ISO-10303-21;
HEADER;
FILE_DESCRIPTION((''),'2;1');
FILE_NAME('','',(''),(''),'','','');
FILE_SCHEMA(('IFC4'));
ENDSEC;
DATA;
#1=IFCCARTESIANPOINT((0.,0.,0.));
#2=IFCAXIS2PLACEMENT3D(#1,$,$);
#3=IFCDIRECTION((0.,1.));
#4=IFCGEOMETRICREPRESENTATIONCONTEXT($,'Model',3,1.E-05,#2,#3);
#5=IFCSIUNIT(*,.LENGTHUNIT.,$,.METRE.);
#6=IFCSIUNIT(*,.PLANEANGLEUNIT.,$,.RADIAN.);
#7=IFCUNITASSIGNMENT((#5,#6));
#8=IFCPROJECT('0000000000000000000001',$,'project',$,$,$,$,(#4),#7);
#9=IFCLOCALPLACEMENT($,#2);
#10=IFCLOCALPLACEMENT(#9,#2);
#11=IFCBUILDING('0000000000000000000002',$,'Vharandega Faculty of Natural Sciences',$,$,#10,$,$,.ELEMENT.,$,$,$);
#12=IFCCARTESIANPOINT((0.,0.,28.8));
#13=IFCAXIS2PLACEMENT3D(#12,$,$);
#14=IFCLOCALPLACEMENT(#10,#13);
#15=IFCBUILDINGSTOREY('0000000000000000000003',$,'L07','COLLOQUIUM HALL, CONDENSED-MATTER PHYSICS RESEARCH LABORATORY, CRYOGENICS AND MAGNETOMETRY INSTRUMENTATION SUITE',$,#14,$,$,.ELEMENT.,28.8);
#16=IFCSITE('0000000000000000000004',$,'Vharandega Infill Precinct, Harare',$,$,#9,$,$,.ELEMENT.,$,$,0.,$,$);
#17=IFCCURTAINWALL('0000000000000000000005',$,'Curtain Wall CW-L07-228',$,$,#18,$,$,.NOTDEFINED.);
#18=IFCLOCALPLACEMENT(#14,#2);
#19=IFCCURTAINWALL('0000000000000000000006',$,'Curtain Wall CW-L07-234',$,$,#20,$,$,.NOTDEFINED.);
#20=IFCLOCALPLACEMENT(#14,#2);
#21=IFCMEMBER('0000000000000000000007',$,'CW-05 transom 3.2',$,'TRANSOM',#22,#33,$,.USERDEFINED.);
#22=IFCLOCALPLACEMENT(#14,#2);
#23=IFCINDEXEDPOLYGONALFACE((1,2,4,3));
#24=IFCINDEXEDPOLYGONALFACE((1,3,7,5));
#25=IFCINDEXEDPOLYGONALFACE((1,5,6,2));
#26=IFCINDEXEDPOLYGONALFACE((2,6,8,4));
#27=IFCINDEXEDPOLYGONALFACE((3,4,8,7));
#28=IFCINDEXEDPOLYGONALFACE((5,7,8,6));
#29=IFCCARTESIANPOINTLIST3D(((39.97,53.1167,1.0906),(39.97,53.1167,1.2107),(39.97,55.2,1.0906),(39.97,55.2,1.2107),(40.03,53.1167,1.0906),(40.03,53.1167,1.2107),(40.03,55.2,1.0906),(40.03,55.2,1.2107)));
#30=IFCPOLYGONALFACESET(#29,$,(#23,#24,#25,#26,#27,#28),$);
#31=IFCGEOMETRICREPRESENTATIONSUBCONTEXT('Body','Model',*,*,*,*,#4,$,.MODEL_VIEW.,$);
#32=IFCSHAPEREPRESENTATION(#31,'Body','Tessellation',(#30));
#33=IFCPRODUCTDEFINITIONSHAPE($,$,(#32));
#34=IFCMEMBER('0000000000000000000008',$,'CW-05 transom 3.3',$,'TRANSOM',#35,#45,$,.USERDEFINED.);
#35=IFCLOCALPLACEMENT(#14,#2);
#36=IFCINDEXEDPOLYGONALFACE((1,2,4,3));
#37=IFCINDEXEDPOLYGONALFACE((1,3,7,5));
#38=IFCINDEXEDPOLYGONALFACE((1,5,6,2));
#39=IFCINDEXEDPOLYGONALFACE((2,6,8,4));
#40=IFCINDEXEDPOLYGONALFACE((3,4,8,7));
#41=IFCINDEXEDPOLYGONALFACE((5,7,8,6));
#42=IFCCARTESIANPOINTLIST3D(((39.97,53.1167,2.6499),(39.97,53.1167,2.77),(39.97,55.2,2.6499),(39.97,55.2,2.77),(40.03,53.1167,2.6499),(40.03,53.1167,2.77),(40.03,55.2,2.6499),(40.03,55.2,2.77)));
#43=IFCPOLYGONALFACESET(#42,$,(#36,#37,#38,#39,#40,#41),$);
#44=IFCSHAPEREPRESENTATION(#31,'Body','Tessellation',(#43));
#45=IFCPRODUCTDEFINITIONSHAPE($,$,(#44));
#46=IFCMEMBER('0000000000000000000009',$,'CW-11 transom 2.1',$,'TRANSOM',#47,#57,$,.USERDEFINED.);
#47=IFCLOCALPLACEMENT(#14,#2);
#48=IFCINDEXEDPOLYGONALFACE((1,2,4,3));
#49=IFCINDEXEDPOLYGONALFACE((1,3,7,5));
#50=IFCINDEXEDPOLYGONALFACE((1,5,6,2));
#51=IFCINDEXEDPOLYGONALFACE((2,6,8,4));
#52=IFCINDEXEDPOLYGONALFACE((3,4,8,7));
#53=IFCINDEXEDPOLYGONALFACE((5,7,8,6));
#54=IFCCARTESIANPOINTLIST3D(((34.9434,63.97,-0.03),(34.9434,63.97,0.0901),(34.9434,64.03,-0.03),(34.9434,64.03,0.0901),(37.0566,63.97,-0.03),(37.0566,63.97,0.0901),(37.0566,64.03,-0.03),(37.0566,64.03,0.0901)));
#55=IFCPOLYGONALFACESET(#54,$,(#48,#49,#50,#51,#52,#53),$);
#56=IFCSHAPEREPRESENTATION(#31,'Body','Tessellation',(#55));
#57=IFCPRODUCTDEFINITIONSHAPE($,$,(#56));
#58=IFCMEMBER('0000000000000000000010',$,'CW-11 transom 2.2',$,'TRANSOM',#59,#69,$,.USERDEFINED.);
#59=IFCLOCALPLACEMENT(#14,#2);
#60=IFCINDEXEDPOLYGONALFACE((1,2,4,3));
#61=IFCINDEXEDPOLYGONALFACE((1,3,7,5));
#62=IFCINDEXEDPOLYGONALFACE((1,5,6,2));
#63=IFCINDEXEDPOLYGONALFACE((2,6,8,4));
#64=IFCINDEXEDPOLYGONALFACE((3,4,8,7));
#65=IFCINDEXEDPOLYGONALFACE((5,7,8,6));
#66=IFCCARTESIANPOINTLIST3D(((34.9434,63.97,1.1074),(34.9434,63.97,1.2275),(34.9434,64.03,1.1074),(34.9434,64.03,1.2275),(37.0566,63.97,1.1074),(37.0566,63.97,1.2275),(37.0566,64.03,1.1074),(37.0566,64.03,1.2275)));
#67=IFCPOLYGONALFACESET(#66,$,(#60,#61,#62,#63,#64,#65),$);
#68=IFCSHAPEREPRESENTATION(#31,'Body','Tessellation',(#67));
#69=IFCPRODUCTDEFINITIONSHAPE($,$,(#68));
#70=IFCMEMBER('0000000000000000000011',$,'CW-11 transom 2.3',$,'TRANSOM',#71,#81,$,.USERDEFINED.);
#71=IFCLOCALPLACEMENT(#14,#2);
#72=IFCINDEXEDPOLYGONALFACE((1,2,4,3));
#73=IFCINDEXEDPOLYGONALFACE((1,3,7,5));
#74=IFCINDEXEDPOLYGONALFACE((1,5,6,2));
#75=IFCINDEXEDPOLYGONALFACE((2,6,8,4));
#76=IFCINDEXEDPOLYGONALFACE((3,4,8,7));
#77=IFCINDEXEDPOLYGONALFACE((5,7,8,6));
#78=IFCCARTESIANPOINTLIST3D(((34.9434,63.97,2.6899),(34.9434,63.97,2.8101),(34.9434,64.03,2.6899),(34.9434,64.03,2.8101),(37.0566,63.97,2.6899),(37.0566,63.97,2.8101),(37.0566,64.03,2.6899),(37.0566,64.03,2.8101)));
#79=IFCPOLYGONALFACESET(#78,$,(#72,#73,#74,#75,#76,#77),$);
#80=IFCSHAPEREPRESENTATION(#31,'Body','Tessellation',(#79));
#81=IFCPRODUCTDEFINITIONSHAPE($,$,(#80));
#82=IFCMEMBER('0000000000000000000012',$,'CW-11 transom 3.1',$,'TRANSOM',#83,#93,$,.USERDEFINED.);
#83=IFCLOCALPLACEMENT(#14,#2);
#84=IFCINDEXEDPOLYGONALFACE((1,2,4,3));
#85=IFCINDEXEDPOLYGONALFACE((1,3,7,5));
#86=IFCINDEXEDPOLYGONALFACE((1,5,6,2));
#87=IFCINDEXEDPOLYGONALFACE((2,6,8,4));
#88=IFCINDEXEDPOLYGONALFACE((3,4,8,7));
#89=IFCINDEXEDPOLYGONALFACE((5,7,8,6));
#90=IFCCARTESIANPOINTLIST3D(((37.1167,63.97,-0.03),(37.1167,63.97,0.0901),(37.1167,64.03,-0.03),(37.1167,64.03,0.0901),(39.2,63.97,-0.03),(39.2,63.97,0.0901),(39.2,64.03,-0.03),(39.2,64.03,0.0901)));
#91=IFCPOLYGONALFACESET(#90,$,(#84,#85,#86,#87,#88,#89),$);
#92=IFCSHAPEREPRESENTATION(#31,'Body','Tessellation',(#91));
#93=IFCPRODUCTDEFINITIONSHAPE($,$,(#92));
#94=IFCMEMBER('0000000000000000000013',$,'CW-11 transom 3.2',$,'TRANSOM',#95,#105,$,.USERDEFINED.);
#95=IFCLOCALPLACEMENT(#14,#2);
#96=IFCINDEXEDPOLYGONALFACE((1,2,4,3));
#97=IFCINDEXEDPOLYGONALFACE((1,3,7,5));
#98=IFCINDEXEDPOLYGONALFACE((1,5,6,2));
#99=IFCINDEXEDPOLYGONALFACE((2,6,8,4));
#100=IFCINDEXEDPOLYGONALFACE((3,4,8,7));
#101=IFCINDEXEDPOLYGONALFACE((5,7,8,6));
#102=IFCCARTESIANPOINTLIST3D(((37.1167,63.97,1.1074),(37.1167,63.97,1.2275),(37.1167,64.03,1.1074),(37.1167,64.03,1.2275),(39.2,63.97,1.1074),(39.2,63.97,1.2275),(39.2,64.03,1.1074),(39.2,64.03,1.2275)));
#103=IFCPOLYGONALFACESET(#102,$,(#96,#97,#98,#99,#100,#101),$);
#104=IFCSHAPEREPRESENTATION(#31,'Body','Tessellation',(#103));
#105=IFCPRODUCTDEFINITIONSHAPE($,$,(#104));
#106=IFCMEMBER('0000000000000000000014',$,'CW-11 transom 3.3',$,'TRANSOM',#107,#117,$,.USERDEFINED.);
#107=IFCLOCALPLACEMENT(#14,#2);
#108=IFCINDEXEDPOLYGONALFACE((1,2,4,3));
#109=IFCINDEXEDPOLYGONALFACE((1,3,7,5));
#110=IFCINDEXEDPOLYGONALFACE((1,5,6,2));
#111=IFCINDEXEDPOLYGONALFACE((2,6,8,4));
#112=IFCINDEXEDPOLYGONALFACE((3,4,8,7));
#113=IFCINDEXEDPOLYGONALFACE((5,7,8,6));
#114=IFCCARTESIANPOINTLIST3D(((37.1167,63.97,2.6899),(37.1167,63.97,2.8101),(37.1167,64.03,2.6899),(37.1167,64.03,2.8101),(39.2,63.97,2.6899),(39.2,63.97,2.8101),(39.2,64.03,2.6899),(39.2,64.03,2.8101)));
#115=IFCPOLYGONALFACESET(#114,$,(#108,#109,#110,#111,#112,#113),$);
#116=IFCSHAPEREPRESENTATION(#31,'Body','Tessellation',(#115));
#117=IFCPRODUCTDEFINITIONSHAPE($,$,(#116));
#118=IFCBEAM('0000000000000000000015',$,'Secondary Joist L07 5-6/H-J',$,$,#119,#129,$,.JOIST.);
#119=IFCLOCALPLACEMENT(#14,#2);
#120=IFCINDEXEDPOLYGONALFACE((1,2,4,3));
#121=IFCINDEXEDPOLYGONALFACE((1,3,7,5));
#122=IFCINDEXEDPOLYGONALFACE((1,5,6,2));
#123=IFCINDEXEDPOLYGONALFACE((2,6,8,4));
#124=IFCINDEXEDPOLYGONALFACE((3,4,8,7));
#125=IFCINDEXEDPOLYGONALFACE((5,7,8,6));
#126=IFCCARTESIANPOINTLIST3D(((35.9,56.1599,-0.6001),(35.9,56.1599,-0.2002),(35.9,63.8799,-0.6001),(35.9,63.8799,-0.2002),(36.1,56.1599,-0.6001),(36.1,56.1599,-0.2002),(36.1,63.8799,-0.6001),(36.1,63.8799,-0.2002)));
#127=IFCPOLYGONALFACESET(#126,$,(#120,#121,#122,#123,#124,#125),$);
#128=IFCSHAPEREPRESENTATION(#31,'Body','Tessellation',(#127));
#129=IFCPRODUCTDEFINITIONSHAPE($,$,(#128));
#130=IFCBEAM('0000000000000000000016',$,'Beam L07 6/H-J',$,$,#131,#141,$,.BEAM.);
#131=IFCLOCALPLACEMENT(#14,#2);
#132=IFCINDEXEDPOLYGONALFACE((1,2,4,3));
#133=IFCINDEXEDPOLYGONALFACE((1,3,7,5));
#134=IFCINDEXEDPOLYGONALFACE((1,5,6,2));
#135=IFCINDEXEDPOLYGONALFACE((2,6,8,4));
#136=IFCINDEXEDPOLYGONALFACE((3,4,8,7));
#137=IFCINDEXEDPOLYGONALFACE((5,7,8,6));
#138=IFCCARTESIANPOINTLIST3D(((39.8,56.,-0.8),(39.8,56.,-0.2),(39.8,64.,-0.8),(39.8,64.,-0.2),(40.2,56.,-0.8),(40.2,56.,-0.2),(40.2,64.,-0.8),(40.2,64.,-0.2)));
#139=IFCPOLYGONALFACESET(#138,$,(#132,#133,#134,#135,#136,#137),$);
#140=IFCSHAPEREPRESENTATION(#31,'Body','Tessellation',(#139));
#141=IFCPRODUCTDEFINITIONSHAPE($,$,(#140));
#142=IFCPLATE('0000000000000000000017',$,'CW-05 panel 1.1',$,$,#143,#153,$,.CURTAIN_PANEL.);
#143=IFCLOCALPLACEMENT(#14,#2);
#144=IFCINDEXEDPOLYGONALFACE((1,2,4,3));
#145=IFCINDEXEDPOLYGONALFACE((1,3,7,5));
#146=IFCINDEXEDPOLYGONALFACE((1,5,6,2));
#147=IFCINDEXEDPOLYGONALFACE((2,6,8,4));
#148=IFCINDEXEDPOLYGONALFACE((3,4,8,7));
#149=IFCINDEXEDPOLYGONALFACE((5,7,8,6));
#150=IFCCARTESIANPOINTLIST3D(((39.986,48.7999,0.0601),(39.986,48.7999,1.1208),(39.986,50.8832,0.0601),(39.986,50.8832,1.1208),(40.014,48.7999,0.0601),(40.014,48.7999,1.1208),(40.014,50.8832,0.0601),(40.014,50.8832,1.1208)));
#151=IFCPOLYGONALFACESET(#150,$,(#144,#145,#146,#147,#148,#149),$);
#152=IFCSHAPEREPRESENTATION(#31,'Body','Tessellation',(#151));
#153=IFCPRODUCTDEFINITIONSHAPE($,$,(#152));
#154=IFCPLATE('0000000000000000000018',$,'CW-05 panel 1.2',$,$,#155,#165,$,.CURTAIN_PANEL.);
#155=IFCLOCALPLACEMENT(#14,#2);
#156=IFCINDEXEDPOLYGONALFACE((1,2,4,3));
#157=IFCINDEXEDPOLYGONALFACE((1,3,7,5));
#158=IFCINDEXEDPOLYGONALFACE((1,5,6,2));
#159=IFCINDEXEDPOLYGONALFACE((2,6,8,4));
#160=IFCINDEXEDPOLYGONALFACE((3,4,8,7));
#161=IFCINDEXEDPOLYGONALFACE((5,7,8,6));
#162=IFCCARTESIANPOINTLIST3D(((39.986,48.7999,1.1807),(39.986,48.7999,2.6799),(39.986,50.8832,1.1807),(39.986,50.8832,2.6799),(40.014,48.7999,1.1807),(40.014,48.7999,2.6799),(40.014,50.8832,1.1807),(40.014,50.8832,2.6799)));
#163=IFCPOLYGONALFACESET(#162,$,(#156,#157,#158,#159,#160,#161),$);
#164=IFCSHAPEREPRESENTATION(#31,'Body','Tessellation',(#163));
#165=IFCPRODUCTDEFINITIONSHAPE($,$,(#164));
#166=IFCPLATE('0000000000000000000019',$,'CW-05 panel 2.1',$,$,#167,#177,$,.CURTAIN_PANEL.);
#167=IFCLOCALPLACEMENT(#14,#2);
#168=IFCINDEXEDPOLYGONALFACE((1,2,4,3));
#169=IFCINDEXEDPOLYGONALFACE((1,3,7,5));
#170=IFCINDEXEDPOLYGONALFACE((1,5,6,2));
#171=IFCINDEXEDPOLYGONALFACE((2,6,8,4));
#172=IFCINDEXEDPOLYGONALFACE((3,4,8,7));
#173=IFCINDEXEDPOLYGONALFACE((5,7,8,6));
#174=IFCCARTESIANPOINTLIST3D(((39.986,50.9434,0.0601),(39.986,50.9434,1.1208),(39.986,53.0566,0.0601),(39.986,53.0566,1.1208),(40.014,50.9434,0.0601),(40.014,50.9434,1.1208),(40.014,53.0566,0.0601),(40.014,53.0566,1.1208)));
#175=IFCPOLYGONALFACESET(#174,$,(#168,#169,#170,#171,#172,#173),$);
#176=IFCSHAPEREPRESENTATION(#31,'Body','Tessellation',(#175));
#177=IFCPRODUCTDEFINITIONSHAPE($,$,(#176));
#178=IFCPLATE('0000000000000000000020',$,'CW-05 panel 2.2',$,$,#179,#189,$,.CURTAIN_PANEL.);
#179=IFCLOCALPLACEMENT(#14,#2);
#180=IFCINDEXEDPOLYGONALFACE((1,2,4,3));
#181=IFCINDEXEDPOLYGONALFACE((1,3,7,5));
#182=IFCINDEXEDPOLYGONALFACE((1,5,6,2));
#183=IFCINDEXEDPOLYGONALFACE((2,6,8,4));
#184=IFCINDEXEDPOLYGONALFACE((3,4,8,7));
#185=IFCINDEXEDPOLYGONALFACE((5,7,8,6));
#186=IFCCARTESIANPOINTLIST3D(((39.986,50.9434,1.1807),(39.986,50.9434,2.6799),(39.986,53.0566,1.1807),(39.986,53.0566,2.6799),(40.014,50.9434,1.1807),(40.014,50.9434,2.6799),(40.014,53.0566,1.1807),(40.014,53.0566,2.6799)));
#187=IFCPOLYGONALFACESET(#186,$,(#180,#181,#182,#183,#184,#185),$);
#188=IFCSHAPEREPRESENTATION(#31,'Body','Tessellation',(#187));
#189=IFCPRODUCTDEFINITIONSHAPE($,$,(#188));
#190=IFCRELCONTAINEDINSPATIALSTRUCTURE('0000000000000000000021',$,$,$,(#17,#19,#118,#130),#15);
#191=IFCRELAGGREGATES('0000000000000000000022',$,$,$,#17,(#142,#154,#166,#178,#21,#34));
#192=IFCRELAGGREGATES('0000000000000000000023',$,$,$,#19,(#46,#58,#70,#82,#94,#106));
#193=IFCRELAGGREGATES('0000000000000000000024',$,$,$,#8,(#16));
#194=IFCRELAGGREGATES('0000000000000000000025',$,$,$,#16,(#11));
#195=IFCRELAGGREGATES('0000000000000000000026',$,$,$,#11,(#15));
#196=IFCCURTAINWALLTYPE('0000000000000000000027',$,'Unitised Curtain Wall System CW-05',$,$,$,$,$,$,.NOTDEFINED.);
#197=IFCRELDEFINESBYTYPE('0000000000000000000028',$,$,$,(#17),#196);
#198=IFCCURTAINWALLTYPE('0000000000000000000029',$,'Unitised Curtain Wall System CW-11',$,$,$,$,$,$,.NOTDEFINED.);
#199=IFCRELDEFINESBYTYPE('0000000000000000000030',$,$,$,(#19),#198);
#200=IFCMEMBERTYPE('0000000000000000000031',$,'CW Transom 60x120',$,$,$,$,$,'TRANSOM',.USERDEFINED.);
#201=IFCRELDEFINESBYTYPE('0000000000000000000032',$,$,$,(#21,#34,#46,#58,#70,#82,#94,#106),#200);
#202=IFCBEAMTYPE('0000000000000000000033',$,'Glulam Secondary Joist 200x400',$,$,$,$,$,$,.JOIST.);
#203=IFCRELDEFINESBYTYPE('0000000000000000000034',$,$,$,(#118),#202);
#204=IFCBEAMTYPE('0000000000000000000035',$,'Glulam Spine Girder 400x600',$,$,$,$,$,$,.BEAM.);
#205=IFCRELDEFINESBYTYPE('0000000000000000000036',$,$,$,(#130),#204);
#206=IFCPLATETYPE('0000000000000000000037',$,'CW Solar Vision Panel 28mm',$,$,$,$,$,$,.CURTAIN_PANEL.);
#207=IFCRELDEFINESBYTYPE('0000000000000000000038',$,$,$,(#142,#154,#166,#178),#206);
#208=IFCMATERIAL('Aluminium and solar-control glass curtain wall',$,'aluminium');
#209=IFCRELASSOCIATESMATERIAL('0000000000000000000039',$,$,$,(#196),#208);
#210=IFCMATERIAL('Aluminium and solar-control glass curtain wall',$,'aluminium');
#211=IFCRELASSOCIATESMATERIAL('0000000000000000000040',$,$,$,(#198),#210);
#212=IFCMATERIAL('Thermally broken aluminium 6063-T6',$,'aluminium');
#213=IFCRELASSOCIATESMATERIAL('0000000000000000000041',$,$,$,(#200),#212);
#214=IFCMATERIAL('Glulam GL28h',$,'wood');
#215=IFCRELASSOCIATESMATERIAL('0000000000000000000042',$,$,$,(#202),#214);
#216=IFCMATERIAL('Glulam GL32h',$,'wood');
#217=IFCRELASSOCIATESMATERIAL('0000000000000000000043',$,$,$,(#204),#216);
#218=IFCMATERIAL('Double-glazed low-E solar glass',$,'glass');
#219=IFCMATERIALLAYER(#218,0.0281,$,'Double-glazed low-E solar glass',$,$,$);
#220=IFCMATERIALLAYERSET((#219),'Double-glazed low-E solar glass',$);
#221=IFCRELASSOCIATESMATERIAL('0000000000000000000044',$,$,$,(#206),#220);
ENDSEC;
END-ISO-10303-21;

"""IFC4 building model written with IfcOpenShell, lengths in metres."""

from ifc_helpers import new_model, si_unit, direction, frame, origin, origin_2d, place, context, subcontext, project, spatial, rectangle, extrude, material, layer, layer_set, material_profile, profile_set, type_object, element, aggregate, save


model = new_model("IFC4")

# Units and contexts
model_context = context("Model", 3, precision=1e-05, world=origin(), true_north=direction((0.0, 1.0)))
body_context = subcontext(model_context, "Body", "Model", "MODEL_VIEW")
ifc_project = project(units=[si_unit("LENGTHUNIT", "METRE"), si_unit("PLANEANGLEUNIT", "RADIAN")], contexts=[model_context])

# Site, building, storey
site_placement = place(None, origin())
site = spatial("IfcSite", under=ifc_project, at=site_placement, Name="Vharandega Infill Precinct, Harare", CompositionType="ELEMENT", RefElevation=0.0)
building_placement = place(site_placement, origin())
building = spatial("IfcBuilding", under=site, at=building_placement, Name="Vharandega Faculty of Natural Sciences", CompositionType="ELEMENT")
storey_placement = place(building_placement, frame((0.0, 0.0, 28.8)))
storey = spatial("IfcBuildingStorey", under=building, at=storey_placement, Name="L07", Description="COLLOQUIUM HALL, CONDENSED-MATTER PHYSICS RESEARCH LABORATORY, CRYOGENICS AND MAGNETOMETRY INSTRUMENTATION SUITE", CompositionType="ELEMENT", Elevation=28.8)

# Curtain walls
ifc_material_1 = material(Name="Aluminium and solar-control glass curtain wall", Category="aluminium")
curtain_wall_type_1 = type_object("IfcCurtainWallType", Name="Unitised Curtain Wall System CW-05", PredefinedType="NOTDEFINED", material=ifc_material_1)
curtain_wall_1_placement = place(storey_placement, origin())
curtain_wall_1 = element("IfcCurtainWall", 1, at=curtain_wall_1_placement, inside=storey, type_object=curtain_wall_type_1, Name="Curtain Wall CW-L07-228", PredefinedType="NOTDEFINED")
ifc_material_2 = material(Name="Aluminium and solar-control glass curtain wall", Category="aluminium")
curtain_wall_type_2 = type_object("IfcCurtainWallType", Name="Unitised Curtain Wall System CW-11", PredefinedType="NOTDEFINED", material=ifc_material_2)
curtain_wall_2_placement = place(storey_placement, origin())
curtain_wall_2 = element("IfcCurtainWall", 2, at=curtain_wall_2_placement, inside=storey, type_object=curtain_wall_type_2, Name="Curtain Wall CW-L07-234", PredefinedType="NOTDEFINED")

# Members
ifc_material_3 = material(Name="Thermally broken aluminium 6063-T6", Category="aluminium")
ifc_material_profile_1 = material_profile(ifc_material_3, rectangle(XDim=0.0601, YDim=0.1201, at=origin_2d()), Name="ALU 60x120")
ifc_profile_set_1 = profile_set([ifc_material_profile_1], Name="Thermally broken aluminium 6063-T6")
member_type_1 = type_object("IfcMemberType", Name="CW Transom 60x120", ElementType="TRANSOM", PredefinedType="USERDEFINED", material=ifc_profile_set_1)
member_1_placement = place(storey_placement, frame((40.0, 53.1167, 1.1506), z_axis=(0.0, 1.0, 0.0), x_axis=(-1.0, 0.0, 0.0)))
member_1 = element("IfcMember", 3, at=member_1_placement, type_object=member_type_1, Name="CW-05 transom 3.2", ObjectType="TRANSOM", PredefinedType="USERDEFINED", context=body_context, shape_type="SweptSolid", body=[
    extrude(rectangle(XDim=0.0601, YDim=0.1201, at=origin_2d()), origin(), (0.0, 0.0, 1.0), 2.0833),
])
member_2_placement = place(storey_placement, frame((40.0, 53.1167, 2.71), z_axis=(0.0, 1.0, 0.0), x_axis=(-1.0, 0.0, 0.0)))
member_2 = element("IfcMember", 4, at=member_2_placement, type_object=member_type_1, Name="CW-05 transom 3.3", ObjectType="TRANSOM", PredefinedType="USERDEFINED", context=body_context, shape_type="SweptSolid", body=[
    extrude(rectangle(XDim=0.0601, YDim=0.1201, at=origin_2d()), origin(), (0.0, 0.0, 1.0), 2.0833),
])
member_3_placement = place(storey_placement, frame((34.9434, 64.0, 0.03), z_axis=(1.0, 0.0, 0.0), x_axis=(0.0, 1.0, 0.0)))
member_3 = element("IfcMember", 5, at=member_3_placement, type_object=member_type_1, Name="CW-11 transom 2.1", ObjectType="TRANSOM", PredefinedType="USERDEFINED", context=body_context, shape_type="SweptSolid", body=[
    extrude(rectangle(XDim=0.0601, YDim=0.1201, at=origin_2d()), origin(), (0.0, 0.0, 1.0), 2.1133),
])
member_4_placement = place(storey_placement, frame((34.9434, 64.0, 1.1675), z_axis=(1.0, 0.0, 0.0), x_axis=(0.0, 1.0, 0.0)))
member_4 = element("IfcMember", 6, at=member_4_placement, type_object=member_type_1, Name="CW-11 transom 2.2", ObjectType="TRANSOM", PredefinedType="USERDEFINED", context=body_context, shape_type="SweptSolid", body=[
    extrude(rectangle(XDim=0.0601, YDim=0.1201, at=origin_2d()), origin(), (0.0, 0.0, 1.0), 2.1133),
])
member_5_placement = place(storey_placement, frame((34.9434, 64.0, 2.75), z_axis=(1.0, 0.0, 0.0), x_axis=(0.0, 1.0, 0.0)))
member_5 = element("IfcMember", 7, at=member_5_placement, type_object=member_type_1, Name="CW-11 transom 2.3", ObjectType="TRANSOM", PredefinedType="USERDEFINED", context=body_context, shape_type="SweptSolid", body=[
    extrude(rectangle(XDim=0.0601, YDim=0.1201, at=origin_2d()), origin(), (0.0, 0.0, 1.0), 2.1133),
])
member_6_placement = place(storey_placement, frame((37.1167, 64.0, 0.03), z_axis=(1.0, 0.0, 0.0), x_axis=(0.0, 1.0, 0.0)))
member_6 = element("IfcMember", 8, at=member_6_placement, type_object=member_type_1, Name="CW-11 transom 3.1", ObjectType="TRANSOM", PredefinedType="USERDEFINED", context=body_context, shape_type="SweptSolid", body=[
    extrude(rectangle(XDim=0.0601, YDim=0.1201, at=origin_2d()), origin(), (0.0, 0.0, 1.0), 2.0833),
])
member_7_placement = place(storey_placement, frame((37.1167, 64.0, 1.1675), z_axis=(1.0, 0.0, 0.0), x_axis=(0.0, 1.0, 0.0)))
member_7 = element("IfcMember", 9, at=member_7_placement, type_object=member_type_1, Name="CW-11 transom 3.2", ObjectType="TRANSOM", PredefinedType="USERDEFINED", context=body_context, shape_type="SweptSolid", body=[
    extrude(rectangle(XDim=0.0601, YDim=0.1201, at=origin_2d()), origin(), (0.0, 0.0, 1.0), 2.0833),
])
member_8_placement = place(storey_placement, frame((37.1167, 64.0, 2.75), z_axis=(1.0, 0.0, 0.0), x_axis=(0.0, 1.0, 0.0)))
member_8 = element("IfcMember", 10, at=member_8_placement, type_object=member_type_1, Name="CW-11 transom 3.3", ObjectType="TRANSOM", PredefinedType="USERDEFINED", context=body_context, shape_type="SweptSolid", body=[
    extrude(rectangle(XDim=0.0601, YDim=0.1201, at=origin_2d()), origin(), (0.0, 0.0, 1.0), 2.0833),
])

# Beams
ifc_material_4 = material(Name="Glulam GL28h", Category="wood")
ifc_material_profile_2 = material_profile(ifc_material_4, rectangle(XDim=0.2, YDim=0.3999, at=origin_2d()), Name="GL28h 200x400")
ifc_profile_set_2 = profile_set([ifc_material_profile_2], Name="Glulam GL28h")
beam_type_1 = type_object("IfcBeamType", Name="Glulam Secondary Joist 200x400", PredefinedType="JOIST", material=ifc_profile_set_2)
beam_1_placement = place(storey_placement, frame((36.0, 56.1599, -0.4001), z_axis=(0.0, 1.0, 0.0), x_axis=(-1.0, 0.0, 0.0)))
element("IfcBeam", 11, at=beam_1_placement, inside=storey, type_object=beam_type_1, Name="Secondary Joist L07 5-6/H-J", PredefinedType="JOIST", context=body_context, shape_type="SweptSolid", body=[
    extrude(rectangle(XDim=0.2, YDim=0.3999, at=origin_2d()), origin(), (0.0, 0.0, 1.0), 7.72),
])
ifc_material_5 = material(Name="Glulam GL32h", Category="wood")
ifc_material_profile_3 = material_profile(ifc_material_5, rectangle(XDim=0.3999, YDim=0.6001, at=origin_2d()), Name="GL32h 400x600")
ifc_profile_set_3 = profile_set([ifc_material_profile_3], Name="Glulam GL32h")
beam_type_2 = type_object("IfcBeamType", Name="Glulam Spine Girder 400x600", PredefinedType="BEAM", material=ifc_profile_set_3)
beam_2_placement = place(storey_placement, frame((40.0, 56.0, -0.5), z_axis=(0.0, 1.0, 0.0), x_axis=(-1.0, 0.0, 0.0)))
element("IfcBeam", 12, at=beam_2_placement, inside=storey, type_object=beam_type_2, Name="Beam L07 6/H-J", PredefinedType="BEAM", context=body_context, shape_type="SweptSolid", body=[
    extrude(rectangle(XDim=0.3999, YDim=0.6001, at=origin_2d()), origin(), (0.0, 0.0, 1.0), 8.0),
])

# Plates
ifc_material_6 = material(Name="Double-glazed low-E solar glass", Category="glass")
ifc_layer = layer(ifc_material_6, 0.0281, Name="Double-glazed low-E solar glass")
ifc_layer_set = layer_set([ifc_layer], Name="Double-glazed low-E solar glass")
plate_type = type_object("IfcPlateType", Name="CW Solar Vision Panel 28mm", PredefinedType="CURTAIN_PANEL", material=ifc_layer_set)
plate_1_placement = place(storey_placement, frame((40.0, 49.8416, 0.0601), z_axis=(0.0, 0.0, 1.0), x_axis=(0.0, 1.0, 0.0)))
plate_1 = element("IfcPlate", 13, at=plate_1_placement, type_object=plate_type, Name="CW-05 panel 1.1", PredefinedType="CURTAIN_PANEL", context=body_context, shape_type="SweptSolid", body=[
    extrude(rectangle(XDim=2.0833, YDim=0.0281, at=origin_2d()), origin(), (0.0, 0.0, 1.0), 1.0608),
])
plate_2_placement = place(storey_placement, frame((40.0, 49.8416, 1.1807), z_axis=(0.0, 0.0, 1.0), x_axis=(0.0, 1.0, 0.0)))
plate_2 = element("IfcPlate", 14, at=plate_2_placement, type_object=plate_type, Name="CW-05 panel 1.2", PredefinedType="CURTAIN_PANEL", context=body_context, shape_type="SweptSolid", body=[
    extrude(rectangle(XDim=2.0833, YDim=0.0281, at=origin_2d()), origin(), (0.0, 0.0, 1.0), 1.4993),
])
plate_3_placement = place(storey_placement, frame((40.0, 52.0, 0.0601), z_axis=(0.0, 0.0, 1.0), x_axis=(0.0, 1.0, 0.0)))
plate_3 = element("IfcPlate", 15, at=plate_3_placement, type_object=plate_type, Name="CW-05 panel 2.1", PredefinedType="CURTAIN_PANEL", context=body_context, shape_type="SweptSolid", body=[
    extrude(rectangle(XDim=2.1133, YDim=0.0281, at=origin_2d()), origin(), (0.0, 0.0, 1.0), 1.0608),
])
plate_4_placement = place(storey_placement, frame((40.0, 52.0, 1.1807), z_axis=(0.0, 0.0, 1.0), x_axis=(0.0, 1.0, 0.0)))
plate_4 = element("IfcPlate", 16, at=plate_4_placement, type_object=plate_type, Name="CW-05 panel 2.2", PredefinedType="CURTAIN_PANEL", context=body_context, shape_type="SweptSolid", body=[
    extrude(rectangle(XDim=2.1133, YDim=0.0281, at=origin_2d()), origin(), (0.0, 0.0, 1.0), 1.4993),
])
aggregate(curtain_wall_1, [plate_1, plate_2, plate_3, plate_4, member_1, member_2])
aggregate(curtain_wall_2, [member_3, member_4, member_5, member_6, member_7, member_8])

save(model, "model.ifc")
